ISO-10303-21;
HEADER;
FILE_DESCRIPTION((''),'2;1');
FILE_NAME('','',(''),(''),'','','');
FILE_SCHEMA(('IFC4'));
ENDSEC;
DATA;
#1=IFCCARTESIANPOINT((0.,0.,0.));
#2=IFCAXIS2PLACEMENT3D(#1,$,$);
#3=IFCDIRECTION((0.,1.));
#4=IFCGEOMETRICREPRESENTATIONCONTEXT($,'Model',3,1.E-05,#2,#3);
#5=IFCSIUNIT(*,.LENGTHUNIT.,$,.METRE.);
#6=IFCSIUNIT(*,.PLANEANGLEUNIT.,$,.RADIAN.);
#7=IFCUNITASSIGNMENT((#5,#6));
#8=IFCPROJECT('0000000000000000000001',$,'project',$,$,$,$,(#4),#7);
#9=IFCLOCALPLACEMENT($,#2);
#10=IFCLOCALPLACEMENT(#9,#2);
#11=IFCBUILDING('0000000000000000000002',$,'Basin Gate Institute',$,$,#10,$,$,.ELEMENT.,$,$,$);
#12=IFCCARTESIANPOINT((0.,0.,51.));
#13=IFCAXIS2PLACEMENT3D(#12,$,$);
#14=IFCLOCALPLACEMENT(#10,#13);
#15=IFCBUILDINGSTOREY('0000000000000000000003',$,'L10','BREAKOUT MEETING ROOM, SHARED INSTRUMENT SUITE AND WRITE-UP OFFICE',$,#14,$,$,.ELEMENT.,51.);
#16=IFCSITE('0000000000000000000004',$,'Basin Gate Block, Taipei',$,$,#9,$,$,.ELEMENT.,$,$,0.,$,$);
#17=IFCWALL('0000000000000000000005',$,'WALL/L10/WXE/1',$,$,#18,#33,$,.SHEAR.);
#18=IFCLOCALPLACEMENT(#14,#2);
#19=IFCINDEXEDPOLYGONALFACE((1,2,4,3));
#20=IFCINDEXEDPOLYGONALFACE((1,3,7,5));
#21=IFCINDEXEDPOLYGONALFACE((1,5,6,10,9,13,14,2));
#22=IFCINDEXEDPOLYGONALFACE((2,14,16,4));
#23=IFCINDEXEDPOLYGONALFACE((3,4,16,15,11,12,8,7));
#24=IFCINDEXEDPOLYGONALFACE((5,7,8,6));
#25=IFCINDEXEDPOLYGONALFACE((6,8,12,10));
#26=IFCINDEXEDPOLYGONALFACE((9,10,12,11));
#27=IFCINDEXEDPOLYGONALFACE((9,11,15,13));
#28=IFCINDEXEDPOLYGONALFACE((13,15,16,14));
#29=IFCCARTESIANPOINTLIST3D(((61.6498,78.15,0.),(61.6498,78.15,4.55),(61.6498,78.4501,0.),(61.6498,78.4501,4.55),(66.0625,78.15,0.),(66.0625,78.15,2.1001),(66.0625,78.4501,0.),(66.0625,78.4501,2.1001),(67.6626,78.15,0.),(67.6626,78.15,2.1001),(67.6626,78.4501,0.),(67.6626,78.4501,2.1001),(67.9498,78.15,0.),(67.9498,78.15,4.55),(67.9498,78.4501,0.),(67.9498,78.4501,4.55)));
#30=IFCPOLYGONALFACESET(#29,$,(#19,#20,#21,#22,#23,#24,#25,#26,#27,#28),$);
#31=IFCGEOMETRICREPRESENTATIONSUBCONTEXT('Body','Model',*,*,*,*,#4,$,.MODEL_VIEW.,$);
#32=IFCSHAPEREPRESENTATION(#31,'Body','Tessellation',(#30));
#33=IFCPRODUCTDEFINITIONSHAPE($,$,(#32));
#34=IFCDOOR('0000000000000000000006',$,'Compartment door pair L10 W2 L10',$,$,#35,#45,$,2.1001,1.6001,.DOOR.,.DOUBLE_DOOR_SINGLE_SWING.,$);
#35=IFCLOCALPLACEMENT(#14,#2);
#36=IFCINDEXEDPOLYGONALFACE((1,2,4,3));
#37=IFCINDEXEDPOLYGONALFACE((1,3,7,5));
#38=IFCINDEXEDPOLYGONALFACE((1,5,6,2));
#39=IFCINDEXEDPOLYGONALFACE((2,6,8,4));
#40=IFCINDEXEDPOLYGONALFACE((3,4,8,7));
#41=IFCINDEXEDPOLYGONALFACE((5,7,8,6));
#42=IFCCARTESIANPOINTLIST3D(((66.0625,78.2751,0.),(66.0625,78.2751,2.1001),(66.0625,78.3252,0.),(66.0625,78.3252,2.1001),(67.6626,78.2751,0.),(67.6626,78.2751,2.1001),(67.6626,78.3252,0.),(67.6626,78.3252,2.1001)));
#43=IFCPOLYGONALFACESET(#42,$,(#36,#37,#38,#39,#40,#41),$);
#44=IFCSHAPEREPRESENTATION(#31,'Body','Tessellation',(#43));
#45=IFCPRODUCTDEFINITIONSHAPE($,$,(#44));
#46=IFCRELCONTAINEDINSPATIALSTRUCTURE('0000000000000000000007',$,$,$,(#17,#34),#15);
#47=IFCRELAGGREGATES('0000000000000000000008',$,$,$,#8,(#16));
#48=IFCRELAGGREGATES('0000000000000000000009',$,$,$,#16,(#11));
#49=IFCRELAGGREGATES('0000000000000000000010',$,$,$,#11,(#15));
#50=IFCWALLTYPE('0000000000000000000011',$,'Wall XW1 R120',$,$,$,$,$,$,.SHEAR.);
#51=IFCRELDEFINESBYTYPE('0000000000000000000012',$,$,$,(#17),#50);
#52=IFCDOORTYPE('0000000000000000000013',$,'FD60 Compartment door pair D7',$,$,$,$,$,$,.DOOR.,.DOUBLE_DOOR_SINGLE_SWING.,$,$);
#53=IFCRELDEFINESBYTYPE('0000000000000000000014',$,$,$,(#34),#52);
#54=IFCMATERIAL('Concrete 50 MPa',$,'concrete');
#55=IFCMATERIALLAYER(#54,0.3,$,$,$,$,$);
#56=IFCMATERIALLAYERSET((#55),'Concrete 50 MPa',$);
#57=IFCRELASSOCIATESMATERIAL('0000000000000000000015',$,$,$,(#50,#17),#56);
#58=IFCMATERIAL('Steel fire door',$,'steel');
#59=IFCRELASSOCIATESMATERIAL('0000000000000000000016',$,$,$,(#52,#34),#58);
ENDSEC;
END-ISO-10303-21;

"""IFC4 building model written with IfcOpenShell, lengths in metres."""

from ifc_helpers import new_model, si_unit, direction, frame, frame_2d, origin, place, context, subcontext, project, spatial, rectangle, extrude, material, layer, layer_set, type_object, element, fill, save


model = new_model("IFC4")

# Units and contexts
model_context = context("Model", 3, precision=1e-05, world=origin(), true_north=direction((0.0, 1.0)))
body_context = subcontext(model_context, "Body", "Model", "MODEL_VIEW")
ifc_project = project(units=[si_unit("LENGTHUNIT", "METRE"), si_unit("PLANEANGLEUNIT", "RADIAN")], contexts=[model_context])

# Site, building, storey
site_placement = place(None, origin())
site = spatial("IfcSite", under=ifc_project, at=site_placement, Name="Basin Gate Block, Taipei", CompositionType="ELEMENT", RefElevation=0.0)
building_placement = place(site_placement, origin())
building = spatial("IfcBuilding", under=site, at=building_placement, Name="Basin Gate Institute", CompositionType="ELEMENT")
storey_placement = place(building_placement, frame((0.0, 0.0, 51.0)))
storey = spatial("IfcBuildingStorey", under=building, at=storey_placement, Name="L10", Description="BREAKOUT MEETING ROOM, SHARED INSTRUMENT SUITE AND WRITE-UP OFFICE", CompositionType="ELEMENT", Elevation=51.0)

# Wall, opening, door
ifc_material_1 = material(Name="Concrete 50 MPa", Category="concrete")
ifc_layer_1 = layer(ifc_material_1, 0.3)
ifc_layer_set_1 = layer_set([ifc_layer_1], Name="Concrete 50 MPa")
wall_type_1 = type_object("IfcWallType", Name="Wall XW1 R120", PredefinedType="SHEAR", material=ifc_layer_set_1)
wall_1_placement = place(storey_placement, frame((61.6499, 78.3, 0.0), z_axis=(0.0, 0.0, 1.0), x_axis=(1.0, 0.0, 0.0)))
wall_1 = element("IfcWall", 1, at=wall_1_placement, inside=storey, type_object=wall_type_1, material=ifc_layer_set_1, Name="WALL/L10/WXE/1", PredefinedType="SHEAR", context=body_context, shape_type="SweptSolid", body=[
    extrude(rectangle(XDim=6.3, YDim=0.3, at=frame_2d((3.1499, 0.0))), origin(), (0.0, 0.0, 1.0), 4.55),
])
opening_1_placement = place(wall_1_placement, frame((4.4126, 0.0, 0.0)))
opening_1 = element("IfcOpeningElement", 2, at=opening_1_placement, cuts=wall_1, PredefinedType="OPENING", context=body_context, shape_type="SweptSolid", body=[
    extrude(rectangle(XDim=1.6001, YDim=2.1001, at=frame_2d((0.8, 1.05))), frame((0.0, 0.1602, 0.0), z_axis=(0.0, -1.0, 0.0), x_axis=(1.0, 0.0, 0.0)), (0.0, 0.0, 1.0), 0.3201),
])
ifc_material_2 = material(Name="Steel fire door", Category="steel")
door_type_1 = type_object("IfcDoorType", Name="FD60 Compartment door pair D7", OperationType="DOUBLE_DOOR_SINGLE_SWING", PredefinedType="DOOR", material=ifc_material_2)
door_1_placement = place(opening_1_placement, frame((1.6001, 0.0, 0.0), z_axis=(0.0, 0.0, 1.0), x_axis=(-1.0, 0.0, 0.0)))
door_1 = element("IfcDoor", 3, at=door_1_placement, inside=storey, type_object=door_type_1, material=ifc_material_2, Name="Compartment door pair L10 W2 L10", OperationType="DOUBLE_DOOR_SINGLE_SWING", OverallHeight=2.1001, OverallWidth=1.6001, PredefinedType="DOOR", context=body_context, shape_type="SweptSolid", body=[
    extrude(rectangle(XDim=1.6001, YDim=2.1001, at=frame_2d((0.8, 1.05))), frame((0.0, 0.0249, 0.0), z_axis=(0.0, -1.0, 0.0), x_axis=(1.0, 0.0, 0.0)), (0.0, 0.0, 1.0), 0.05),
])
fill(opening_1, door_1)

save(model, "model.ifc")
